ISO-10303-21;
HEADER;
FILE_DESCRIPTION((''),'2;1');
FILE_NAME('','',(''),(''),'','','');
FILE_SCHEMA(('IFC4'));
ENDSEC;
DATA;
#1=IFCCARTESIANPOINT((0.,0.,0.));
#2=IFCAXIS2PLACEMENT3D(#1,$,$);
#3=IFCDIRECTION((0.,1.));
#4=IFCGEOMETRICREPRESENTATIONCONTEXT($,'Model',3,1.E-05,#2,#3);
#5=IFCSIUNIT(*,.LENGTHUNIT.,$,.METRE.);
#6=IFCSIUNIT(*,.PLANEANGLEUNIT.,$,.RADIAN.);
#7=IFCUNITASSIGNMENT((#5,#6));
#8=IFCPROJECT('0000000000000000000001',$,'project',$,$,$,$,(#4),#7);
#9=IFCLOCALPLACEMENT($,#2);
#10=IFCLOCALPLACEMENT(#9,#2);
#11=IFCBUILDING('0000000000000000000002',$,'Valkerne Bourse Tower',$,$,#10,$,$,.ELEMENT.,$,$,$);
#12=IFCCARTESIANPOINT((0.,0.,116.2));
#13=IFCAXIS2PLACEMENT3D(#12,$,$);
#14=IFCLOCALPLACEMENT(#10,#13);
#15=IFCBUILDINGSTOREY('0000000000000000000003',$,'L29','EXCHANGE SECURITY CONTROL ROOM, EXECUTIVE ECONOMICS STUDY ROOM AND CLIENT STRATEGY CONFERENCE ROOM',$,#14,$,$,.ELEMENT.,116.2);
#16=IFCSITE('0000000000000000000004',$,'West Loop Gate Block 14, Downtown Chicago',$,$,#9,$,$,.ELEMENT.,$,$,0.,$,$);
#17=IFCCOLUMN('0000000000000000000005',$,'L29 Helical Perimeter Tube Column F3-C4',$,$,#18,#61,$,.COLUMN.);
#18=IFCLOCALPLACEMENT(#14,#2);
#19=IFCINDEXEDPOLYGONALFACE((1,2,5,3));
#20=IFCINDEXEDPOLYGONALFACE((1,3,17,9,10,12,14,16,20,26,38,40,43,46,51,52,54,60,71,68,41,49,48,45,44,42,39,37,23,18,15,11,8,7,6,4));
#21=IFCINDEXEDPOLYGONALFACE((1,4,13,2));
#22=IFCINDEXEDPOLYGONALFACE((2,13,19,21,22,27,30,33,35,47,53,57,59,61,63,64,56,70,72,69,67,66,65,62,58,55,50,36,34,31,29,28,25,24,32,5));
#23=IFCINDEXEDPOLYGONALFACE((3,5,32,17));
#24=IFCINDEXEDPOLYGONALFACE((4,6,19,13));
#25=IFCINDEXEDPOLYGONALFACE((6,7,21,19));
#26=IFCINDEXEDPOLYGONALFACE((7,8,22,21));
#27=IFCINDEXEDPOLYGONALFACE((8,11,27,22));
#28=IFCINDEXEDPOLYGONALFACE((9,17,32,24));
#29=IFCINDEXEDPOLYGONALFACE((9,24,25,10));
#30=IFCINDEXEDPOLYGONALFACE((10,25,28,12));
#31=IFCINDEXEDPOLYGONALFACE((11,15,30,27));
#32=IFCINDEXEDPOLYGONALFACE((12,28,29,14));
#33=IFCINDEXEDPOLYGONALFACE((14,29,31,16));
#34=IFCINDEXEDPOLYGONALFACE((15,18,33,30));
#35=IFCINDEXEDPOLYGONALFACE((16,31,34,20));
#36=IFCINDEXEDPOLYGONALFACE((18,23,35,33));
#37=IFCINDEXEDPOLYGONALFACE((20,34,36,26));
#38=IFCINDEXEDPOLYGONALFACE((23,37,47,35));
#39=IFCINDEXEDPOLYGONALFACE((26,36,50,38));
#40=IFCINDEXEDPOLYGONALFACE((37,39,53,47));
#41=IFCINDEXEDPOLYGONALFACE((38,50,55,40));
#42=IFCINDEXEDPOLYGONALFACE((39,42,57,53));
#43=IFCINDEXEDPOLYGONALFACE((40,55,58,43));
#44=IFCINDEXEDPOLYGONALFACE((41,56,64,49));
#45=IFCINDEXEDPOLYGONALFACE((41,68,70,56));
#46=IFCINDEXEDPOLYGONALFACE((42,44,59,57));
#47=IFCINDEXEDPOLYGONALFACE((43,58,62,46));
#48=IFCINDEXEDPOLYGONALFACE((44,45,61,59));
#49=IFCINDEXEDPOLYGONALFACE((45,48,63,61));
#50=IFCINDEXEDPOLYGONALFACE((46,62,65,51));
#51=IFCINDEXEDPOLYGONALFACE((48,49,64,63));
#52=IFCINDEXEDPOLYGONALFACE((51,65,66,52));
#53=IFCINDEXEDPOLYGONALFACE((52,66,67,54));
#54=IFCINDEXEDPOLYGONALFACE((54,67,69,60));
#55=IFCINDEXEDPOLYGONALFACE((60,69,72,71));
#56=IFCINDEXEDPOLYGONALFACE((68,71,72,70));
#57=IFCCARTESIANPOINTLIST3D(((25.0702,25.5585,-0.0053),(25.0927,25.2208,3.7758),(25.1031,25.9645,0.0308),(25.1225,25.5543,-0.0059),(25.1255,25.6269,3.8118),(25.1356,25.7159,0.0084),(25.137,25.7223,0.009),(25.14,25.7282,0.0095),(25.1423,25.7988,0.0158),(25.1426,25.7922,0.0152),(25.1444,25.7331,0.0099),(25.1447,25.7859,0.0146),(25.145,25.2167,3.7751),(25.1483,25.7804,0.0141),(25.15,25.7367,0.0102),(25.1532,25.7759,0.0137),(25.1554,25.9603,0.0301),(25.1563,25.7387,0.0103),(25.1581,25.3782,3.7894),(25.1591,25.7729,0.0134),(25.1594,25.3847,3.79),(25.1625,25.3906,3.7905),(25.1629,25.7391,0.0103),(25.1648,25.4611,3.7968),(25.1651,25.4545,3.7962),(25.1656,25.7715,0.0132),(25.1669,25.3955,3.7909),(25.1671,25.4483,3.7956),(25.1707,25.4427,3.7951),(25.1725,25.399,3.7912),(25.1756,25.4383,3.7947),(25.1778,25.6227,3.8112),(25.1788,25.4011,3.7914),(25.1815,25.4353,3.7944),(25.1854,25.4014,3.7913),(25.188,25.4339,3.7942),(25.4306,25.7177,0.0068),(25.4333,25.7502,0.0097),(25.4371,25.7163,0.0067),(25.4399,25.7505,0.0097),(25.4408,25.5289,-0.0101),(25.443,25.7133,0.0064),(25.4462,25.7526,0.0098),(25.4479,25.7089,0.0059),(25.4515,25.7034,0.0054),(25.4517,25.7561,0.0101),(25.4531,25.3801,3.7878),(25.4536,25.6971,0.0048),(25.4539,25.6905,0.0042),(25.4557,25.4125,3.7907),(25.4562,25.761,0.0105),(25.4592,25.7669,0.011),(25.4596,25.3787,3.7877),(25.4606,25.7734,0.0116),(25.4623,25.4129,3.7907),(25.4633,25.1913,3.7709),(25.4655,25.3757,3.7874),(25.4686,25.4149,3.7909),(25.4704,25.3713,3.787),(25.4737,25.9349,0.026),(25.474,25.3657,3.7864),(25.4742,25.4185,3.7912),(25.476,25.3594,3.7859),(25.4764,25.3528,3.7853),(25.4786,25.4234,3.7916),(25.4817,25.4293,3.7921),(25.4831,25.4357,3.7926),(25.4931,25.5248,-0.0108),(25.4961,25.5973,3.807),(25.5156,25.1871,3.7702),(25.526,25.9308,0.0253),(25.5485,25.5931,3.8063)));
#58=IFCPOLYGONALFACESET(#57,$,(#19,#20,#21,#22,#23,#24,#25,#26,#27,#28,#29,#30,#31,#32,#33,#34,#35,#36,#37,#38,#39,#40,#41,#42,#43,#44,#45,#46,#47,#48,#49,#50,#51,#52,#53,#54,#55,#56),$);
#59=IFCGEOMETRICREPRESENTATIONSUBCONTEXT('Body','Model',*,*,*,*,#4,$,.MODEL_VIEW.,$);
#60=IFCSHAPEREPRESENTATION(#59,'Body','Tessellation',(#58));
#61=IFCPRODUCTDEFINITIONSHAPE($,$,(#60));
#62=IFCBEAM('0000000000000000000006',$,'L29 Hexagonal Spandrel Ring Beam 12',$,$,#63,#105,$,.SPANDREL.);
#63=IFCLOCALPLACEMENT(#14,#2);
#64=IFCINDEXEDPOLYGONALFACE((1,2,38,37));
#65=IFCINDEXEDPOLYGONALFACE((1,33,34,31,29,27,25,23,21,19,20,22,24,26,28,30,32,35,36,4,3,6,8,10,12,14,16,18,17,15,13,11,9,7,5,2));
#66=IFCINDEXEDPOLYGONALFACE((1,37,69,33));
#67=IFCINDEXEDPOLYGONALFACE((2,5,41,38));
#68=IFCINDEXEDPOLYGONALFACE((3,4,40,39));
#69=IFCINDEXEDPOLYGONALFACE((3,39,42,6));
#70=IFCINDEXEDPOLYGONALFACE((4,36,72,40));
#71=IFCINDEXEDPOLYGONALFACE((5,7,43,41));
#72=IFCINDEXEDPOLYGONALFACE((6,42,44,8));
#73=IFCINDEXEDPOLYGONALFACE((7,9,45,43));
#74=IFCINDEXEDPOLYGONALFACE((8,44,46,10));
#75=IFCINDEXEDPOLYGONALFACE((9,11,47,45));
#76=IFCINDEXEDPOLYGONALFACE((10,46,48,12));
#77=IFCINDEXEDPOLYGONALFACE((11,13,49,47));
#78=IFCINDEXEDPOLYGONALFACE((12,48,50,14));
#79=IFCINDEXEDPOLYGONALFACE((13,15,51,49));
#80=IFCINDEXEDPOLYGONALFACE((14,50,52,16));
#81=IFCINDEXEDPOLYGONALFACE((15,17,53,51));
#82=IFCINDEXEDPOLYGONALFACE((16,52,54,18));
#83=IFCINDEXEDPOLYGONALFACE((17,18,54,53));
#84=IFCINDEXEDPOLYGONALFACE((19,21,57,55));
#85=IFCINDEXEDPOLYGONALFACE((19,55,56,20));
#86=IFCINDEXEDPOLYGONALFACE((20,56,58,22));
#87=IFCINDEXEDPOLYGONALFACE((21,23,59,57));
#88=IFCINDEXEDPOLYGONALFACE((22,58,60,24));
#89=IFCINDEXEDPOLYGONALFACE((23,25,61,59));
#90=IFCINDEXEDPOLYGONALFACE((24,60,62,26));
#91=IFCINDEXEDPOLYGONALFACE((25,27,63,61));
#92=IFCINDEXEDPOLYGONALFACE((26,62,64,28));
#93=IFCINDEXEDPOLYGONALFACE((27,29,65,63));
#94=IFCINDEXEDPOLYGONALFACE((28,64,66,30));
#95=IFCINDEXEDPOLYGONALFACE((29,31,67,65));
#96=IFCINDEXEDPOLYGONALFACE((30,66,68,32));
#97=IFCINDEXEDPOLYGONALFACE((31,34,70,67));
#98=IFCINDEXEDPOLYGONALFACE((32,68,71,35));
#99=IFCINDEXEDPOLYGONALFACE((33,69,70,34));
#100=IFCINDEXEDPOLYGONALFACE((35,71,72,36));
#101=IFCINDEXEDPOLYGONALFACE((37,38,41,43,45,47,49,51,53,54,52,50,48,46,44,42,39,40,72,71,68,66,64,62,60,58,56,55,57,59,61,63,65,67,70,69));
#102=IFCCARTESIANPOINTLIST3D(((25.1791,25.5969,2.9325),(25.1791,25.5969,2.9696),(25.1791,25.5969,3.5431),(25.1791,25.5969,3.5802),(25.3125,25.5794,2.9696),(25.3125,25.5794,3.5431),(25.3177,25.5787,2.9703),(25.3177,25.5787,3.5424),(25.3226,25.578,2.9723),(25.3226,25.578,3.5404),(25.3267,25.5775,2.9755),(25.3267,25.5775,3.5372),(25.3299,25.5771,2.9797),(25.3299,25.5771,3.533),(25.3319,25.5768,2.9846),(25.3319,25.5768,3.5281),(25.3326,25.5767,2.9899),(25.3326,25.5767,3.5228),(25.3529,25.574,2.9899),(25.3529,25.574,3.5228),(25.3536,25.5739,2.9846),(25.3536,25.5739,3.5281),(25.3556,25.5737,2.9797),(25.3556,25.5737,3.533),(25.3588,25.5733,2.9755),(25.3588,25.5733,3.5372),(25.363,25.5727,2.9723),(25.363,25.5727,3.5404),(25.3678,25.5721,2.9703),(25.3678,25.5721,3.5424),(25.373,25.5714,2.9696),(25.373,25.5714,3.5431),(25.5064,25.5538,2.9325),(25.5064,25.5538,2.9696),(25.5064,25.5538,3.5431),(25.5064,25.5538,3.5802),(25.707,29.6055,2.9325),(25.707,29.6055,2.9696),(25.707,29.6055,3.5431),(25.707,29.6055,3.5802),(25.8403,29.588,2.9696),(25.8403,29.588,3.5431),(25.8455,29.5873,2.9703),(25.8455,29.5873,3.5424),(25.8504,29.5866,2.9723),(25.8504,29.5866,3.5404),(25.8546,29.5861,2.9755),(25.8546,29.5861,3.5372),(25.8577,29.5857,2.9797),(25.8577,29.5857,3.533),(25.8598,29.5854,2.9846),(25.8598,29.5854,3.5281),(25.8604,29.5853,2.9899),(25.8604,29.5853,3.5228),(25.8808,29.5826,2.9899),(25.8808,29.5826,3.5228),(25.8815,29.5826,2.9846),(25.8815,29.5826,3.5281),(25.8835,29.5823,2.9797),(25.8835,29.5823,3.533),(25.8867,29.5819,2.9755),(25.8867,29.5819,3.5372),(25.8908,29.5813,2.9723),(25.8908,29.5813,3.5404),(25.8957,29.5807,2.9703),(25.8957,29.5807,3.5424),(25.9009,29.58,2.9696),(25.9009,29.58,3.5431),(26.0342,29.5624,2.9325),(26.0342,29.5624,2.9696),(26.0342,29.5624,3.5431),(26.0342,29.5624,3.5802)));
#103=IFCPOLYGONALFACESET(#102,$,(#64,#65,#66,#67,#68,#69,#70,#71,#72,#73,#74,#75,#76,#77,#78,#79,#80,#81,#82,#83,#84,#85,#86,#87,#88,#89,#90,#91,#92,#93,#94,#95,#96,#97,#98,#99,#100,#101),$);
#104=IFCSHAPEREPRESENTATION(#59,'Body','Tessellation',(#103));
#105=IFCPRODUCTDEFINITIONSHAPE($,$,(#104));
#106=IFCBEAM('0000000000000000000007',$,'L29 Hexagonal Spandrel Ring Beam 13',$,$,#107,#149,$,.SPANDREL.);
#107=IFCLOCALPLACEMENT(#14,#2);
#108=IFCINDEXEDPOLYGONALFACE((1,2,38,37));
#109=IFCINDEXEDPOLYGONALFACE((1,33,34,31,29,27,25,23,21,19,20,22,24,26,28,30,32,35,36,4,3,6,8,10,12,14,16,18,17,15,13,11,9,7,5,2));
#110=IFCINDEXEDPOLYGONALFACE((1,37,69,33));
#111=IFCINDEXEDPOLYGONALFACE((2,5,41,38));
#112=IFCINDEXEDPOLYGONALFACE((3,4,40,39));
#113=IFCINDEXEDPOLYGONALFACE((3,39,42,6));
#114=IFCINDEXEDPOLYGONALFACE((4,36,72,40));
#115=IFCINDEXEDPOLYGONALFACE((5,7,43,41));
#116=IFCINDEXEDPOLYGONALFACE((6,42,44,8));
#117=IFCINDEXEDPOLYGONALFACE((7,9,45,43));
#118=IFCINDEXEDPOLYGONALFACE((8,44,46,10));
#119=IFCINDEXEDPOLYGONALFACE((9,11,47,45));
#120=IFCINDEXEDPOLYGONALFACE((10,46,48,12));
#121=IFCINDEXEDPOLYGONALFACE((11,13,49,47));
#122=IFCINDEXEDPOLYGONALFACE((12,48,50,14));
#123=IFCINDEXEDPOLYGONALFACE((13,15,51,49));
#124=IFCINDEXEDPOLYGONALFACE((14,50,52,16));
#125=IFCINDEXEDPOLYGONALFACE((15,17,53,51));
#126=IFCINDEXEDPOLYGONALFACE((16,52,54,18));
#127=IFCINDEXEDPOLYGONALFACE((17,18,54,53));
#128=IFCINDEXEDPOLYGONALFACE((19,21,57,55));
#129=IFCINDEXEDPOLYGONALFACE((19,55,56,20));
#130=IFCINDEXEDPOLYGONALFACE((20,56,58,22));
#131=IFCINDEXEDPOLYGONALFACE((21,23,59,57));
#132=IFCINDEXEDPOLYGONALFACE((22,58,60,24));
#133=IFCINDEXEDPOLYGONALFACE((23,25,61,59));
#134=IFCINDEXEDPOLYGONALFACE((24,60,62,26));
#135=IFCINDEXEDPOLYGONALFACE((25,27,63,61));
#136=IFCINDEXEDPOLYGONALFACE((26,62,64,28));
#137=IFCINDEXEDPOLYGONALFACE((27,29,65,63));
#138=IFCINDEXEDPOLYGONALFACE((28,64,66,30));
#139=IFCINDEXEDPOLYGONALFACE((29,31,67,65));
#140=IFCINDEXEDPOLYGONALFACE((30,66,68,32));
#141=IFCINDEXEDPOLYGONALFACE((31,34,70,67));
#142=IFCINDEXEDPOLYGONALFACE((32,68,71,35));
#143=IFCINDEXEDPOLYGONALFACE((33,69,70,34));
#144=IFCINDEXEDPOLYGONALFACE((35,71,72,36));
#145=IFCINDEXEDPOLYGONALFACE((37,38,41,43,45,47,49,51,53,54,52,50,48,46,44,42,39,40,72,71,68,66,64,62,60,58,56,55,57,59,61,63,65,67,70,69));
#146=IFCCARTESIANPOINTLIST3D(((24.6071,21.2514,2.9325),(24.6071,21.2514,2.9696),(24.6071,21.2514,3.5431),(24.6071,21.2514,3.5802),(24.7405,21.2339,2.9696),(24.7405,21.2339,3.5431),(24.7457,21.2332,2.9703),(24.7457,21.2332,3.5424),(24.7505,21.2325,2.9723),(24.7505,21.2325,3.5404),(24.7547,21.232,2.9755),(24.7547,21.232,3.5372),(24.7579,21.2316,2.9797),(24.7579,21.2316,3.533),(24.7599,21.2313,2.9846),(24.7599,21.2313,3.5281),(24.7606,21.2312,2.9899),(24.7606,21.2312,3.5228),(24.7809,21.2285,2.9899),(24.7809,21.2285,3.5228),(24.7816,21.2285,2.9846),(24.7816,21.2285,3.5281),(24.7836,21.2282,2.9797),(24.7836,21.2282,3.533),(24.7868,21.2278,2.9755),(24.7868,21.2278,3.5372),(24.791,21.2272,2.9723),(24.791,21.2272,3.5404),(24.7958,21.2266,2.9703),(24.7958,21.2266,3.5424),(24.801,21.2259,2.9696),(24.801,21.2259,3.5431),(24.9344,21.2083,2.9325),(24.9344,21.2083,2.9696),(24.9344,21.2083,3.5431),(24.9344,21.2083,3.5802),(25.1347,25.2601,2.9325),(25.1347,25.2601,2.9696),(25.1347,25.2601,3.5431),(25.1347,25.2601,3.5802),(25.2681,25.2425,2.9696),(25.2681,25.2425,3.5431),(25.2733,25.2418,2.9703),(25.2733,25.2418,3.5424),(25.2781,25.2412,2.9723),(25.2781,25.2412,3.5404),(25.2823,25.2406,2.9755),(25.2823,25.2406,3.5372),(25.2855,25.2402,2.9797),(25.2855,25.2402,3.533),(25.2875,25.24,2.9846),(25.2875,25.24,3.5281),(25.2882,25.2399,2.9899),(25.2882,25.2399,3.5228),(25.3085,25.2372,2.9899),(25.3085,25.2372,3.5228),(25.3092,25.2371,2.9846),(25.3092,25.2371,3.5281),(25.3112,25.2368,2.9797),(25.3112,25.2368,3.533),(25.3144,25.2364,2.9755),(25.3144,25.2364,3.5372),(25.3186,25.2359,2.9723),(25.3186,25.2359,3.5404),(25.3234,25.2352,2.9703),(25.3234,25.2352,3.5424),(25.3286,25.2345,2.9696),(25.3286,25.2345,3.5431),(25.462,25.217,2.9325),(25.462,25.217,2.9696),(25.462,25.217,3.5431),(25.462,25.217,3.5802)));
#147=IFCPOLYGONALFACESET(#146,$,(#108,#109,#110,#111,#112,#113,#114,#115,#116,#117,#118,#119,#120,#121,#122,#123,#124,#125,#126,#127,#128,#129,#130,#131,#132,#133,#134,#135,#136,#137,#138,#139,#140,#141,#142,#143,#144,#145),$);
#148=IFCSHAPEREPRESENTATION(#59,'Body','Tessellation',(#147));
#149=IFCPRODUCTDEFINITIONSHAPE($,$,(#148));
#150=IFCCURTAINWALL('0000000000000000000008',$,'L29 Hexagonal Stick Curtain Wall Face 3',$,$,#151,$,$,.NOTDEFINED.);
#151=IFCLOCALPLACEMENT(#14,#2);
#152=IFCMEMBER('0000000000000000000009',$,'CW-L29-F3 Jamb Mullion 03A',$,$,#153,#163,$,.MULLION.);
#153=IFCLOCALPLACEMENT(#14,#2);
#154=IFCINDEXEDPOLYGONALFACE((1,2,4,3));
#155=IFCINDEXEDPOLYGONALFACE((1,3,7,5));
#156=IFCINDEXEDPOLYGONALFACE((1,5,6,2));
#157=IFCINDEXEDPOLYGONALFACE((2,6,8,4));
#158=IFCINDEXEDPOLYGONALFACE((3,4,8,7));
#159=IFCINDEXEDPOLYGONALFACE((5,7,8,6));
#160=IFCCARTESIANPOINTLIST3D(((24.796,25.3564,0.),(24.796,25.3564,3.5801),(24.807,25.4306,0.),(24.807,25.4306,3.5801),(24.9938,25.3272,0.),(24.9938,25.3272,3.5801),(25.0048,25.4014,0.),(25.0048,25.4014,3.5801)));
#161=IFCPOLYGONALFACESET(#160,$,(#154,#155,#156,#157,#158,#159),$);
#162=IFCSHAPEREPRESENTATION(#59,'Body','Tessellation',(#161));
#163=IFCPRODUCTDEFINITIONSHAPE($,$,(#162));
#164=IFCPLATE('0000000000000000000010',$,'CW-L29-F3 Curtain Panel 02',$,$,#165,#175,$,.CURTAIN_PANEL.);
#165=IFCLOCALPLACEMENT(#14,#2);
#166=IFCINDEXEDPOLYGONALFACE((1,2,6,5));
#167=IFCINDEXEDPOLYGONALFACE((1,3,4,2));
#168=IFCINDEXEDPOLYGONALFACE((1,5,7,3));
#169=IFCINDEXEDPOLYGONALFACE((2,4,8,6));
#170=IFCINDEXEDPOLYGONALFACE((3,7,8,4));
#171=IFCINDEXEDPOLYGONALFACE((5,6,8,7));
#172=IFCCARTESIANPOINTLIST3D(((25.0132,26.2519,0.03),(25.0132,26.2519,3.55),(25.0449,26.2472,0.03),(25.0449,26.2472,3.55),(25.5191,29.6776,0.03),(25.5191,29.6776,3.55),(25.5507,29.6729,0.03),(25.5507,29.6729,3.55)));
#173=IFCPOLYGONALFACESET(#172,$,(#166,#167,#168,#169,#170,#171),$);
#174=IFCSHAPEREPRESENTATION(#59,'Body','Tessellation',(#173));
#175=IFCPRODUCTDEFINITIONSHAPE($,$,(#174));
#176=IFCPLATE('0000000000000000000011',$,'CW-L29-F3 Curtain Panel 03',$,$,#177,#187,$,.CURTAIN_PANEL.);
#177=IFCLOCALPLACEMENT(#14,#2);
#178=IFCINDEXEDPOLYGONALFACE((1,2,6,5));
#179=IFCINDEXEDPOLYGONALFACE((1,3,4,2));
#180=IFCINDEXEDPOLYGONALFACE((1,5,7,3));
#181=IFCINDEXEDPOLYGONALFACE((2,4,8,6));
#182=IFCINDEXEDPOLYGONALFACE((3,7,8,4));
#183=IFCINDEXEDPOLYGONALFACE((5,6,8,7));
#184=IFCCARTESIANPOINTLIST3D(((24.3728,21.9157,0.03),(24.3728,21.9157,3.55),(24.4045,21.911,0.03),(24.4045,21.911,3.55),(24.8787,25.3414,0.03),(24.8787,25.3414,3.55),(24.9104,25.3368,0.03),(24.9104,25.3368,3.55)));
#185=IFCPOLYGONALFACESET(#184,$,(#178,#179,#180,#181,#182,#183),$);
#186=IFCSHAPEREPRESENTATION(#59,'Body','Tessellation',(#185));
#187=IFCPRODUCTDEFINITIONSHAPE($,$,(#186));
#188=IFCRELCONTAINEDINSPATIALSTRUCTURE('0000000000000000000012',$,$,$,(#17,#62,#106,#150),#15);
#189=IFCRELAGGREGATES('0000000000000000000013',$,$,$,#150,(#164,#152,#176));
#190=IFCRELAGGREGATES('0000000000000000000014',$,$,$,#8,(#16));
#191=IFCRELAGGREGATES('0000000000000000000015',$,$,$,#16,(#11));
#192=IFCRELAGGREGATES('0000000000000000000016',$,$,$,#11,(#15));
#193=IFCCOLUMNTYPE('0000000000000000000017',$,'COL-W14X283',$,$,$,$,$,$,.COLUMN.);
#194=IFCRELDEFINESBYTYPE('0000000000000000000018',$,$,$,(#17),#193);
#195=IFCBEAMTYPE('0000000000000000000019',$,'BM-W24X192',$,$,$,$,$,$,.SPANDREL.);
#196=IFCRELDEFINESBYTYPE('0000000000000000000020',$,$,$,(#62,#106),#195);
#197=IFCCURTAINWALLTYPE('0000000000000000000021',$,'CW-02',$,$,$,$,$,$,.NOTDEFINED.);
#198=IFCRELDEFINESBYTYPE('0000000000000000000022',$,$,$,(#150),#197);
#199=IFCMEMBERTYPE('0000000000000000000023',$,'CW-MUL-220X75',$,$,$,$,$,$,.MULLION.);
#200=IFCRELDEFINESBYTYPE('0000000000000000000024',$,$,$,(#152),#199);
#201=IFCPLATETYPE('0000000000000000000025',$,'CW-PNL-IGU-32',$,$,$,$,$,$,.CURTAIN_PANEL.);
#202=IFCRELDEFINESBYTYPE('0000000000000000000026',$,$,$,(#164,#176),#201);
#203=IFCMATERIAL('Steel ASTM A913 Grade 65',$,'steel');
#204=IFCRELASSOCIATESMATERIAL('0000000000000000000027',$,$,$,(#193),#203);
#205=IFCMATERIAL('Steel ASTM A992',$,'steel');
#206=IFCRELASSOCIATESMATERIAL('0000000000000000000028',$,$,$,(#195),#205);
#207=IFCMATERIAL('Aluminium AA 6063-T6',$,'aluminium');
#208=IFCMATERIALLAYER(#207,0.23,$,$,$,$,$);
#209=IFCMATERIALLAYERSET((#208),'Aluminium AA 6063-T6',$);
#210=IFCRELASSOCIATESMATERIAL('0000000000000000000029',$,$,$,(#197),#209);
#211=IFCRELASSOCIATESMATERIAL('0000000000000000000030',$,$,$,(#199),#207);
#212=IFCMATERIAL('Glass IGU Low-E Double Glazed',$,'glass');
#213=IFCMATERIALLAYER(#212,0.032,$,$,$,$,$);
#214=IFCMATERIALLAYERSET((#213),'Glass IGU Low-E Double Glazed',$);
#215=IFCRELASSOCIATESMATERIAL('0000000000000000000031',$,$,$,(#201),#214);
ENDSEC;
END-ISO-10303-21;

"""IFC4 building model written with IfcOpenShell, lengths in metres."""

from ifc_helpers import new_model, si_unit, direction, frame, origin, origin_2d, place, context, subcontext, project, spatial, rectangle, i_section, extrude, material, layer, layer_set, material_profile, profile_set, type_object, element, aggregate, save


model = new_model("IFC4")

# Units and contexts
model_context = context("Model", 3, precision=1e-05, world=origin(), true_north=direction((0.0, 1.0)))
body_context = subcontext(model_context, "Body", "Model", "MODEL_VIEW")
ifc_project = project(units=[si_unit("LENGTHUNIT", "METRE"), si_unit("PLANEANGLEUNIT", "RADIAN")], contexts=[model_context])

# Site, building, storey
site_placement = place(None, origin())
site = spatial("IfcSite", under=ifc_project, at=site_placement, Name="West Loop Gate Block 14, Downtown Chicago", CompositionType="ELEMENT", RefElevation=0.0)
building_placement = place(site_placement, origin())
building = spatial("IfcBuilding", under=site, at=building_placement, Name="Valkerne Bourse Tower", CompositionType="ELEMENT")
storey_placement = place(building_placement, frame((0.0, 0.0, 116.2)))
storey = spatial("IfcBuildingStorey", under=building, at=storey_placement, Name="L29", Description="EXCHANGE SECURITY CONTROL ROOM, EXECUTIVE ECONOMICS STUDY ROOM AND CLIENT STRATEGY CONFERENCE ROOM", CompositionType="ELEMENT", Elevation=116.2)

# Column
ifc_material_1 = material(Name="Steel ASTM A913 Grade 65", Category="steel")
ifc_material_profile_1 = material_profile(ifc_material_1, i_section(OverallWidth=0.4089, OverallDepth=0.4243, WebThickness=0.0327, FlangeThickness=0.0525, FilletRadius=0.0254, at=origin_2d()), Name="W14X283")
ifc_profile_set_1 = profile_set([ifc_material_profile_1], Name="Steel ASTM A913 Grade 65")
column_type = type_object("IfcColumnType", Name="COL-W14X283", PredefinedType="COLUMN", material=ifc_profile_set_1)
column_placement = place(storey_placement, frame((25.2981, 25.7446, 0.01), z_axis=(0.005917, -0.088945, 0.996019), x_axis=(-0.080359, -0.992857, -0.088185)))
element("IfcColumn", 1, at=column_placement, inside=storey, type_object=column_type, Name="L29 Helical Perimeter Tube Column F3-C4", PredefinedType="COLUMN", context=body_context, shape_type="SweptSolid", body=[
    extrude(i_section(OverallWidth=0.4089, OverallDepth=0.4243, WebThickness=0.0327, FlangeThickness=0.0525, FilletRadius=0.0254, at=origin_2d()), origin(), (0.0, 0.0, 1.0), 3.7961),
])

# Beams
ifc_material_2 = material(Name="Steel ASTM A992", Category="steel")
ifc_material_profile_2 = material_profile(ifc_material_2, i_section(OverallWidth=0.3301, OverallDepth=0.6477, WebThickness=0.0205, FlangeThickness=0.0371, FilletRadius=0.0203, at=origin_2d()), Name="W24X192")
ifc_profile_set_2 = profile_set([ifc_material_profile_2], Name="Steel ASTM A992")
beam_type = type_object("IfcBeamType", Name="BM-W24X192", PredefinedType="SPANDREL", material=ifc_profile_set_2)
for number, where, z_axis, x_axis, name in (
    (2, (25.8706, 29.584, 3.2563), (-0.13055, -0.991442, 0.0), (0.991442, -0.13055, 0.0), "L29 Hexagonal Spandrel Ring Beam 12"),
    (3, (25.2983, 25.2385, 3.2563), (-0.13049, -0.99145, 0.0), (0.99145, -0.13049, 0.0), "L29 Hexagonal Spandrel Ring Beam 13"),
):
    element("IfcBeam", number, at=place(storey_placement, frame(where, z_axis=z_axis, x_axis=x_axis)), inside=storey, type_object=beam_type, Name=name, PredefinedType="SPANDREL", context=body_context, shape_type="SweptSolid", body=[
        extrude(i_section(OverallWidth=0.3301, OverallDepth=0.6477, WebThickness=0.0205, FlangeThickness=0.0371, FilletRadius=0.0203, at=origin_2d()), origin(), (0.0, 0.0, 1.0), 4.0432),
    ])

# Curtain wall, member, plates
ifc_material_3 = material(Name="Aluminium AA 6063-T6", Category="aluminium")
ifc_layer_1 = layer(ifc_material_3, 0.23)
ifc_layer_set_1 = layer_set([ifc_layer_1], Name="Aluminium AA 6063-T6")
curtain_wall_type = type_object("IfcCurtainWallType", Name="CW-02", PredefinedType="NOTDEFINED", material=ifc_layer_set_1)
curtain_wall_placement = place(storey_placement, origin())
curtain_wall = element("IfcCurtainWall", 4, at=curtain_wall_placement, inside=storey, type_object=curtain_wall_type, Name="L29 Hexagonal Stick Curtain Wall Face 3", PredefinedType="NOTDEFINED")
ifc_material_profile_3 = material_profile(ifc_material_3, rectangle(XDim=0.075, YDim=0.2, at=origin_2d()), Name="CWM-75X200")
ifc_profile_set_3 = profile_set([ifc_material_profile_3], Name="Aluminium AA 6063-T6")
member_type = type_object("IfcMemberType", Name="CW-MUL-220X75", PredefinedType="MULLION", material=ifc_profile_set_3)
member_placement = place(storey_placement, frame((24.9004, 25.3789, 0.0), z_axis=(0.0, 0.0, 1.0), x_axis=(-0.146086, -0.989272, 0.0)))
member = element("IfcMember", 5, at=member_placement, type_object=member_type, Name="CW-L29-F3 Jamb Mullion 03A", PredefinedType="MULLION", context=body_context, shape_type="SweptSolid", body=[
    extrude(rectangle(XDim=0.075, YDim=0.2, at=origin_2d()), origin(), (0.0, 0.0, 1.0), 3.5801),
])
ifc_material_4 = material(Name="Glass IGU Low-E Double Glazed", Category="glass")
ifc_layer_2 = layer(ifc_material_4, 0.032)
ifc_layer_set_2 = layer_set([ifc_layer_2], Name="Glass IGU Low-E Double Glazed")
plate_type = type_object("IfcPlateType", Name="CW-PNL-IGU-32", PredefinedType="CURTAIN_PANEL", material=ifc_layer_set_2)
plate_1_placement = place(storey_placement, frame((25.282, 27.9624, 0.03), z_axis=(0.0, 0.0, 1.0), x_axis=(-0.146086, -0.989272, 0.0)))
plate_1 = element("IfcPlate", 6, at=plate_1_placement, type_object=plate_type, Name="CW-L29-F3 Curtain Panel 02", PredefinedType="CURTAIN_PANEL", context=body_context, shape_type="SweptSolid", body=[
    extrude(rectangle(XDim=3.4629, YDim=0.032, at=origin_2d()), origin(), (0.0, 0.0, 1.0), 3.52),
])
plate_2_placement = place(storey_placement, frame((24.6416, 23.6262, 0.03), z_axis=(0.0, 0.0, 1.0), x_axis=(-0.146086, -0.989272, 0.0)))
plate_2 = element("IfcPlate", 7, at=plate_2_placement, type_object=plate_type, Name="CW-L29-F3 Curtain Panel 03", PredefinedType="CURTAIN_PANEL", context=body_context, shape_type="SweptSolid", body=[
    extrude(rectangle(XDim=3.4629, YDim=0.032, at=origin_2d()), origin(), (0.0, 0.0, 1.0), 3.52),
])
aggregate(curtain_wall, [plate_1, member, plate_2])

save(model, "model.ifc")
